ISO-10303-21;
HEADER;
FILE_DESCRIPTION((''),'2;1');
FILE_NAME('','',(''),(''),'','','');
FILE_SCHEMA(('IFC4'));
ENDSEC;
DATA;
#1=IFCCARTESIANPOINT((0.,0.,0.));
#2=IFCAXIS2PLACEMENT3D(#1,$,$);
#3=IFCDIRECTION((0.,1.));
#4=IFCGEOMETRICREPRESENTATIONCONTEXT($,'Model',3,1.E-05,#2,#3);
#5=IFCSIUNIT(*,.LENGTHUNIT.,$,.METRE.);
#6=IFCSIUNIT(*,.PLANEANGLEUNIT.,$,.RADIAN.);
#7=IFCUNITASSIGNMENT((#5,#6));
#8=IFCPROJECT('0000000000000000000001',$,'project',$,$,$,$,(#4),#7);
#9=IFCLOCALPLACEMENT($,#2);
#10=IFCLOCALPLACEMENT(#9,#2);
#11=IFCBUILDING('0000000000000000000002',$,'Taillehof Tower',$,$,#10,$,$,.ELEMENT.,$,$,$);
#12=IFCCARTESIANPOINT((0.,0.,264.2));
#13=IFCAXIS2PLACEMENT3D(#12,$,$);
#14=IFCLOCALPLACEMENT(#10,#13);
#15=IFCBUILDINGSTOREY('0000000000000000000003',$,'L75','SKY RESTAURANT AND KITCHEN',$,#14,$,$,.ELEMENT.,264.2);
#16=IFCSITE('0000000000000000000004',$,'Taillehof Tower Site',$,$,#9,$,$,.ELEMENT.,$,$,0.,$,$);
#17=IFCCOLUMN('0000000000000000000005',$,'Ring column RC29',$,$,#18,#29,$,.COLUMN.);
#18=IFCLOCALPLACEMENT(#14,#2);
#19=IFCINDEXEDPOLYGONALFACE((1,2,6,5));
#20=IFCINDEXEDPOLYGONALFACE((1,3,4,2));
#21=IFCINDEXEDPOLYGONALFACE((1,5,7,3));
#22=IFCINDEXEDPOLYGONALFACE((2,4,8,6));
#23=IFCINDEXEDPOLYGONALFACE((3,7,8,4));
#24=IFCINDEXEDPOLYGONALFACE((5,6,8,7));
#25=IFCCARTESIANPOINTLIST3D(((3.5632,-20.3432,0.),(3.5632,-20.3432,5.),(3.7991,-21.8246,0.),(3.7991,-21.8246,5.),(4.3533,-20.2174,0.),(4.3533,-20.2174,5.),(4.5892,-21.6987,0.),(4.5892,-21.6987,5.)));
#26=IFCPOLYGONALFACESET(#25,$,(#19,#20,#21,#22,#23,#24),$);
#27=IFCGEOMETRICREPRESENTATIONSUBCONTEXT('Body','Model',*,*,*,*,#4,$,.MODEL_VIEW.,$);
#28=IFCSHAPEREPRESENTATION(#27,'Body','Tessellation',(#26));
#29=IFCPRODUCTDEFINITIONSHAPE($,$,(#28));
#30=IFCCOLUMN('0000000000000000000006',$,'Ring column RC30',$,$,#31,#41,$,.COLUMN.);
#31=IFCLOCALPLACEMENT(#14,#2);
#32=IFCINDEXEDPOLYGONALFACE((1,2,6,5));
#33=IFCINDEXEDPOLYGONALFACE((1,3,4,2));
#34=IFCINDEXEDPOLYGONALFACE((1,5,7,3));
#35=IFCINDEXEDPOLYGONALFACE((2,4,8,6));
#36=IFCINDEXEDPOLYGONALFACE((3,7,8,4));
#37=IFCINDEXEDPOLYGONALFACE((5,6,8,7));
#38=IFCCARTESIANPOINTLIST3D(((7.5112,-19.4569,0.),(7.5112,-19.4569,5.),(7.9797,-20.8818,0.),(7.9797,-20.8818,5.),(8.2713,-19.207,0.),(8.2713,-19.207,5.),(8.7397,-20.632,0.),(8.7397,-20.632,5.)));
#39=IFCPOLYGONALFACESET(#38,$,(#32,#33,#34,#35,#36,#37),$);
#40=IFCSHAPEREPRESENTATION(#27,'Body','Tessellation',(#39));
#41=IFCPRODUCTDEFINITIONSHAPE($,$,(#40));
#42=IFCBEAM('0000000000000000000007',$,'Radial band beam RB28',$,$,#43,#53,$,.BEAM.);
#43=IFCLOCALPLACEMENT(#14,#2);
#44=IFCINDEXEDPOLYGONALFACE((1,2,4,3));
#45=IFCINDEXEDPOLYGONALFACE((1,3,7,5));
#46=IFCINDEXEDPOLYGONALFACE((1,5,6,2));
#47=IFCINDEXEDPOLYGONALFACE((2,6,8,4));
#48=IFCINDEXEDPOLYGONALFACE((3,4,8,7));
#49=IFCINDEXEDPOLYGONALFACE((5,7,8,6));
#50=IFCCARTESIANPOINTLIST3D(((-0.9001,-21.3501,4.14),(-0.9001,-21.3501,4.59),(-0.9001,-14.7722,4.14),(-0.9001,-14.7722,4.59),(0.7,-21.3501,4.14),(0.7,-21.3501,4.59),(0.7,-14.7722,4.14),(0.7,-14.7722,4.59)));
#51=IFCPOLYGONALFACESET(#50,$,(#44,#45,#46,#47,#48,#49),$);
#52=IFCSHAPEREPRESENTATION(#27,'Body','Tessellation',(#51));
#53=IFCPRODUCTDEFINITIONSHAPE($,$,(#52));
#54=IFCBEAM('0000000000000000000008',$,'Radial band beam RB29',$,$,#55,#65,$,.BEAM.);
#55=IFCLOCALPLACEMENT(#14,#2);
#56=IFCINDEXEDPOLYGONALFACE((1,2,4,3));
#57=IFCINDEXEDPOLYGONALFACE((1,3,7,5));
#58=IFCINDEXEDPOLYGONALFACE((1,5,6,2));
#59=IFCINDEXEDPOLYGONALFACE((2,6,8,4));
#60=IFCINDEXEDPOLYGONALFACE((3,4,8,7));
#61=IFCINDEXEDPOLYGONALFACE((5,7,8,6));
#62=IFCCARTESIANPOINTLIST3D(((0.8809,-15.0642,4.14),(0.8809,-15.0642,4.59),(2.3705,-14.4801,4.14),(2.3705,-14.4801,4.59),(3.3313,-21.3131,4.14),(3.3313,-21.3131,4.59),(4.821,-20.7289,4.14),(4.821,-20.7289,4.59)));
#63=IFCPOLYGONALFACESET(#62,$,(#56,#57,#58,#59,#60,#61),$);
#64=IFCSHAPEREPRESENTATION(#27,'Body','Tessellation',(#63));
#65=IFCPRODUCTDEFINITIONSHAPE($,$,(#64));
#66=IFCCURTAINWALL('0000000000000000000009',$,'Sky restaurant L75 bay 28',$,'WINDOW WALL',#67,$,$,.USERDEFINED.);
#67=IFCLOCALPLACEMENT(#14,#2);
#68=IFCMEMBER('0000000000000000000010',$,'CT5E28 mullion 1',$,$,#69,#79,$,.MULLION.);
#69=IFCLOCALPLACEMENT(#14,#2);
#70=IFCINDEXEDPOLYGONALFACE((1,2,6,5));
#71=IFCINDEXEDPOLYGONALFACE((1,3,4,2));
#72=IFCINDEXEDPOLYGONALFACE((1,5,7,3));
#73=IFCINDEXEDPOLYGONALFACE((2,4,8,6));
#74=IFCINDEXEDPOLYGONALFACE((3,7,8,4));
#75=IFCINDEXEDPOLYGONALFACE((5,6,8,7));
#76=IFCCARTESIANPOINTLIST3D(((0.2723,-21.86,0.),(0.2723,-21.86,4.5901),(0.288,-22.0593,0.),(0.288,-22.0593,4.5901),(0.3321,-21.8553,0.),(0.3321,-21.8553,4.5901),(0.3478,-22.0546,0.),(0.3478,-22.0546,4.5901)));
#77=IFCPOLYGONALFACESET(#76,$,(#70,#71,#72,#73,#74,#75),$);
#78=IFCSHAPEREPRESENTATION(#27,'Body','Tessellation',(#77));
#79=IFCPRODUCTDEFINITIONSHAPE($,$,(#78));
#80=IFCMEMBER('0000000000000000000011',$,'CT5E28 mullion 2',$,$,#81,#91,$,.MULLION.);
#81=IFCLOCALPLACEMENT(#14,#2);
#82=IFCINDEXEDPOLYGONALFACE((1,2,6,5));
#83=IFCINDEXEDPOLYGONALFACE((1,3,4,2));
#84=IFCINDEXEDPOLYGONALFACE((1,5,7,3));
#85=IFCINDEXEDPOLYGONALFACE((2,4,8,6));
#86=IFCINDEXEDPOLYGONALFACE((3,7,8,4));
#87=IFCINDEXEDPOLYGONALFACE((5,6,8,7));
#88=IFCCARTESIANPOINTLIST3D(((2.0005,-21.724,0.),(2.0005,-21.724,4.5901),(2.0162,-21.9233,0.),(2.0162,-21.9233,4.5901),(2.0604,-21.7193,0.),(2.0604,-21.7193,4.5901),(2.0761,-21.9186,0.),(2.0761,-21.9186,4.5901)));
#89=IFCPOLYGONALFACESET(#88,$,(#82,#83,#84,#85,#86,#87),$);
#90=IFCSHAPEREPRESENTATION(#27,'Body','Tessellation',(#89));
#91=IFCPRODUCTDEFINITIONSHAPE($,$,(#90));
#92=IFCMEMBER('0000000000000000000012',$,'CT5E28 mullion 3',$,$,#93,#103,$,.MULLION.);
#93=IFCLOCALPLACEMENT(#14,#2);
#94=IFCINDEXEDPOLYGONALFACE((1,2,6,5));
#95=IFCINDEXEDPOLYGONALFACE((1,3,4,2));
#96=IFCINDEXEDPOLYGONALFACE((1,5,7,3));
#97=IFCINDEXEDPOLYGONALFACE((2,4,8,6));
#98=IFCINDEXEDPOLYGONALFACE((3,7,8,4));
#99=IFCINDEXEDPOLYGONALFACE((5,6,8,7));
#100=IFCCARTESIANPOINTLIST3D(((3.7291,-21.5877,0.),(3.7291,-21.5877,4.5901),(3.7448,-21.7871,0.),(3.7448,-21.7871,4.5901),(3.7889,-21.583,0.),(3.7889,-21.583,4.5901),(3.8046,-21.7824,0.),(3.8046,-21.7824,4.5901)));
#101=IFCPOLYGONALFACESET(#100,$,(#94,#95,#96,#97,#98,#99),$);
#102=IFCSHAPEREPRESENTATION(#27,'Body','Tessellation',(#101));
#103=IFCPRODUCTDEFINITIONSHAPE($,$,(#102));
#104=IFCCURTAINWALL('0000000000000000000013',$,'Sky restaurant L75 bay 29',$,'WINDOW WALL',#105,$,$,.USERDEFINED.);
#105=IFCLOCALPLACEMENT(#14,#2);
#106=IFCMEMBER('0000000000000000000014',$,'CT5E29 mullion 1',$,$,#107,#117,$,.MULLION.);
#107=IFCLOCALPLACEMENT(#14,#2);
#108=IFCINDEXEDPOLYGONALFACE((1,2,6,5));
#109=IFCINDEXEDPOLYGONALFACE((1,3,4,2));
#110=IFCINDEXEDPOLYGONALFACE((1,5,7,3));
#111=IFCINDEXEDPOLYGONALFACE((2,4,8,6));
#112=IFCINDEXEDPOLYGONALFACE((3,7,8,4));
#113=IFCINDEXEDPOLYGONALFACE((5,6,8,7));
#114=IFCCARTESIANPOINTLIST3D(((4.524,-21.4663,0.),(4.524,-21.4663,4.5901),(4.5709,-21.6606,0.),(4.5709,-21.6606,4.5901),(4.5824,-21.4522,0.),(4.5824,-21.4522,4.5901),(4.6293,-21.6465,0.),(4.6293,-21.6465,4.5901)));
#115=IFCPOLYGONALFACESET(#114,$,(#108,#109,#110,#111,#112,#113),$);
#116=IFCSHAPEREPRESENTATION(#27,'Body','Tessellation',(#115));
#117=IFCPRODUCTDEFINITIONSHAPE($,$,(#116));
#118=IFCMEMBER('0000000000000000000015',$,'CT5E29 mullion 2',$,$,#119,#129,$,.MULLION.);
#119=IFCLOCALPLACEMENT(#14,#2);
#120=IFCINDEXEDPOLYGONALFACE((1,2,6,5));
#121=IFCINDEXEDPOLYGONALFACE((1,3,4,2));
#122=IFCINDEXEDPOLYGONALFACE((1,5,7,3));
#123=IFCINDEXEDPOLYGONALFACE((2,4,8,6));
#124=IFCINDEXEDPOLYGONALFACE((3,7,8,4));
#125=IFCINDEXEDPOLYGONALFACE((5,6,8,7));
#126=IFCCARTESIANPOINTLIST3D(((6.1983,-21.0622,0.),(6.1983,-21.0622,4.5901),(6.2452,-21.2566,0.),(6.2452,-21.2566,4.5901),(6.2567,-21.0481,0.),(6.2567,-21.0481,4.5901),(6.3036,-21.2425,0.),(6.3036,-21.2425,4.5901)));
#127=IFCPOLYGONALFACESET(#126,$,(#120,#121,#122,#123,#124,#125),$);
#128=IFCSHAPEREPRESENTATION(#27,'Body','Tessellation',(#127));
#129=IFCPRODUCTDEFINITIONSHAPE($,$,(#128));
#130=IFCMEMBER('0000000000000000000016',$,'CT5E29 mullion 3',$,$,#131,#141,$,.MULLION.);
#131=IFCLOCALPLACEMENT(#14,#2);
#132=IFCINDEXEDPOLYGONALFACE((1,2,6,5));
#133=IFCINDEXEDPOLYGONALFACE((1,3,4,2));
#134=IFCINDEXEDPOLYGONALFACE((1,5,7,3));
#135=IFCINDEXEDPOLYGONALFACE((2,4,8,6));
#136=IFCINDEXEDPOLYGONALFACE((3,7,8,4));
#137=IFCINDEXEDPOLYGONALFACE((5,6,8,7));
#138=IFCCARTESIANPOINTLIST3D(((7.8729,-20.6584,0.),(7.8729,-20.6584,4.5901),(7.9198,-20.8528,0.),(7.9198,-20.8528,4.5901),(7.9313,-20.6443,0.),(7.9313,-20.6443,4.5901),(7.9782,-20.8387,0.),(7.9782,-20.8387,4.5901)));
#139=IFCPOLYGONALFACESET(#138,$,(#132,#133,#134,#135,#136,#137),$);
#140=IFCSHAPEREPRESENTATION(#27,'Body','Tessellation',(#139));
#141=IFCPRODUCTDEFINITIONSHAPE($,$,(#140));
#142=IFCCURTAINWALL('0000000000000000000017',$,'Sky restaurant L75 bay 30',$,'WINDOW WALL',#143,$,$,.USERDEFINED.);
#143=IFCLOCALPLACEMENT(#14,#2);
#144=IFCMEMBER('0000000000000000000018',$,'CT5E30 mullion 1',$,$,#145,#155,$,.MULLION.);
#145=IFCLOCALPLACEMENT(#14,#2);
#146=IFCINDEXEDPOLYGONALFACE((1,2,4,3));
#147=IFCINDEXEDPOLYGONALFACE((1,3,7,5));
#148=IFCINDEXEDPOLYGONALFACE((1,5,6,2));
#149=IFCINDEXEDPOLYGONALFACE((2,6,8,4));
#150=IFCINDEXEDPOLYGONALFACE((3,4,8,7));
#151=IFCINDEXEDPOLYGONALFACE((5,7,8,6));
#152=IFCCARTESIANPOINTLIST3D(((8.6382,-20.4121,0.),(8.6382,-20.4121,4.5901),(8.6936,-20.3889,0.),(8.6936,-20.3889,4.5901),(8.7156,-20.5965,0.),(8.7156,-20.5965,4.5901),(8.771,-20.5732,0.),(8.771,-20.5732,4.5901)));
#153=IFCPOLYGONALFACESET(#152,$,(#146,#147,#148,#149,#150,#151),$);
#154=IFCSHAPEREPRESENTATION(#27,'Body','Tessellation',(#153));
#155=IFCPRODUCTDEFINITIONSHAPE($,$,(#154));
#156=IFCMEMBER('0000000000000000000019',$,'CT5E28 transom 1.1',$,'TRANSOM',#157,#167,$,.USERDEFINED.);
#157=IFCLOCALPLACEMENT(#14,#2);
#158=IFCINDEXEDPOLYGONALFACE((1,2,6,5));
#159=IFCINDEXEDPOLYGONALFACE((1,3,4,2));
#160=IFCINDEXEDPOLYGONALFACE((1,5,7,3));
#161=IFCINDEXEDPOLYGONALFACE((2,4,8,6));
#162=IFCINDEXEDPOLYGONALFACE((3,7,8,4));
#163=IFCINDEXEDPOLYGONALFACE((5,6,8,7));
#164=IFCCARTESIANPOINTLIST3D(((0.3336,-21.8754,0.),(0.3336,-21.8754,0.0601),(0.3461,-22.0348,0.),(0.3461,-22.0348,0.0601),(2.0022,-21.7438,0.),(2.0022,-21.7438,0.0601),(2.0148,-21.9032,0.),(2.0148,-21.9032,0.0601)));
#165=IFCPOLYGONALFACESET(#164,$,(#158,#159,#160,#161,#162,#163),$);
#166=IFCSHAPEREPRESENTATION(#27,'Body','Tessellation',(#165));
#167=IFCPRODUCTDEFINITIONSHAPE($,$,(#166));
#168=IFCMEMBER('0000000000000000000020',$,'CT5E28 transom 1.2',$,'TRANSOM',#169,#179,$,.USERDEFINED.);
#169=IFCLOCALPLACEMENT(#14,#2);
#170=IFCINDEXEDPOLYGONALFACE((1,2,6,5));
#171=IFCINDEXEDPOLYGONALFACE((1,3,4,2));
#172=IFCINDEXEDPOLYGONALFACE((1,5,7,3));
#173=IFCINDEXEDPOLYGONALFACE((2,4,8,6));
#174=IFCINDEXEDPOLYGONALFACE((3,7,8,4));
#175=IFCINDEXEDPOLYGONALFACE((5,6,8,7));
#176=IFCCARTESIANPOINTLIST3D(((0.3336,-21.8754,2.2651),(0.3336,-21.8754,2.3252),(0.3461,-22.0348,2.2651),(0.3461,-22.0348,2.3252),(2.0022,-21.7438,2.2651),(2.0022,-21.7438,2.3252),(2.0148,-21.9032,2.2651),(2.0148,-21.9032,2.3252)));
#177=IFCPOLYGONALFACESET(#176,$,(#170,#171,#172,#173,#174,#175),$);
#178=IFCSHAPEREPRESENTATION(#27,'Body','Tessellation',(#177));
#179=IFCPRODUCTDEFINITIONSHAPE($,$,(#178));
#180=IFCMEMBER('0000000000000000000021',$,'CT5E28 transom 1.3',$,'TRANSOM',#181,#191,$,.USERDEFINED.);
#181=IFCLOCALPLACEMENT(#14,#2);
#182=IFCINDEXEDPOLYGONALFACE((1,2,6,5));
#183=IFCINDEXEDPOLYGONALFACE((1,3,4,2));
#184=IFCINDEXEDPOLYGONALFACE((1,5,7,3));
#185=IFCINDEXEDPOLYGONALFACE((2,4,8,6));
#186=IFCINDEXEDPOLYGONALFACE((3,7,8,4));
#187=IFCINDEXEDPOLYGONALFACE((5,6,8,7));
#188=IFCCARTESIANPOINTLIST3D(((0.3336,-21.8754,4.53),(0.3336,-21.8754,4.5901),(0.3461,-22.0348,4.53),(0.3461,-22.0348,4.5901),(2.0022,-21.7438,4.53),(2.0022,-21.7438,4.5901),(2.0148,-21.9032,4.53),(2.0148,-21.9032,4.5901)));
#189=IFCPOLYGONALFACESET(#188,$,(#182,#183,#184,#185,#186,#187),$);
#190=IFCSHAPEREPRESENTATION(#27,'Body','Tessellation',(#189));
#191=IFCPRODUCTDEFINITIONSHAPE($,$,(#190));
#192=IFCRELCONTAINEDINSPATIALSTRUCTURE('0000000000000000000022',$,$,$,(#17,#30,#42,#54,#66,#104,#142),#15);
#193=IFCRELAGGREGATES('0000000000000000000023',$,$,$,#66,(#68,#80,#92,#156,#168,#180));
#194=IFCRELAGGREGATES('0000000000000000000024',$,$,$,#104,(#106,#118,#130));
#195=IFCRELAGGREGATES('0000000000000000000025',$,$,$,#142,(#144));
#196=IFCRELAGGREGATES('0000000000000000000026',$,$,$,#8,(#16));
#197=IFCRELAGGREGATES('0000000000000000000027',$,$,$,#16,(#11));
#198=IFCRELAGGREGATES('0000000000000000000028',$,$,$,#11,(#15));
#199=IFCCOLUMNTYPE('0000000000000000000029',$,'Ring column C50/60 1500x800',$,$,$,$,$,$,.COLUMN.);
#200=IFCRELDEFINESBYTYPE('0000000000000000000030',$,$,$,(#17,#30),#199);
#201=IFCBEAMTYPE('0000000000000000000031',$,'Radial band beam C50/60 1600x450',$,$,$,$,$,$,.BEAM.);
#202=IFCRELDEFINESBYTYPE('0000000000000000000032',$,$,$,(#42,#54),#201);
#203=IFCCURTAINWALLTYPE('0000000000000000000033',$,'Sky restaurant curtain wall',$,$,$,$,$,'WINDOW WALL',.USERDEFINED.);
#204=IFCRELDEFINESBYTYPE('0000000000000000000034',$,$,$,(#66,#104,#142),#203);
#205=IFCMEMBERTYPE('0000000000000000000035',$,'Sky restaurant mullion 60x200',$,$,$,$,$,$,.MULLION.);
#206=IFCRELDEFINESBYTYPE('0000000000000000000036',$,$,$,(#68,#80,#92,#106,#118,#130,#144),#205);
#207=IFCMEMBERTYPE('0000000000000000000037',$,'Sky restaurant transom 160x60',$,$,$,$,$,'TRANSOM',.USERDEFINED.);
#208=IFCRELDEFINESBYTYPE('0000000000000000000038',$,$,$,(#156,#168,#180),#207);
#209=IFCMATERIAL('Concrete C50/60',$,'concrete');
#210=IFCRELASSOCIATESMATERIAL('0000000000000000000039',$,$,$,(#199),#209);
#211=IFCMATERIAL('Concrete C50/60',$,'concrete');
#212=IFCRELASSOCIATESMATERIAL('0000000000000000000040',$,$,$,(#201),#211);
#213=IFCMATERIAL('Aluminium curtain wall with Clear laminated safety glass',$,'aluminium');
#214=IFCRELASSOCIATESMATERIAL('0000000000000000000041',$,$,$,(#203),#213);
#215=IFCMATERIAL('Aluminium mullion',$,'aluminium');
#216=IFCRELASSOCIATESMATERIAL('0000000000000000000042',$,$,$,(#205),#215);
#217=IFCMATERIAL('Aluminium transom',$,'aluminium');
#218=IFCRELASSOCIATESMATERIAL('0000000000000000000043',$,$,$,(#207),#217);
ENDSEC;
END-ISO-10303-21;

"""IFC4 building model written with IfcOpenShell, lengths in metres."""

from ifc_helpers import new_model, si_unit, direction, frame, origin, origin_2d, place, context, subcontext, project, spatial, rectangle, extrude, material, material_profile, profile_set, type_object, element, aggregate, save


model = new_model("IFC4")

# Units and contexts
model_context = context("Model", 3, precision=1e-05, world=origin(), true_north=direction((0.0, 1.0)))
body_context = subcontext(model_context, "Body", "Model", "MODEL_VIEW")
ifc_project = project(units=[si_unit("LENGTHUNIT", "METRE"), si_unit("PLANEANGLEUNIT", "RADIAN")], contexts=[model_context])

# Site, building, storey
site_placement = place(None, origin())
site = spatial("IfcSite", under=ifc_project, at=site_placement, Name="Taillehof Tower Site", CompositionType="ELEMENT", RefElevation=0.0)
building_placement = place(site_placement, origin())
building = spatial("IfcBuilding", under=site, at=building_placement, Name="Taillehof Tower", CompositionType="ELEMENT")
storey_placement = place(building_placement, frame((0.0, 0.0, 264.2)))
storey = spatial("IfcBuildingStorey", under=building, at=storey_placement, Name="L75", Description="SKY RESTAURANT AND KITCHEN", CompositionType="ELEMENT", Elevation=264.2)

# Columns
ifc_material_1 = material(Name="Concrete C50/60", Category="concrete")
ifc_material_profile_1 = material_profile(ifc_material_1, rectangle(XDim=1.5, YDim=0.8, at=origin_2d()), Name="RC 1500x800")
ifc_profile_set_1 = profile_set([ifc_material_profile_1], Name="Concrete C50/60")
column_type = type_object("IfcColumnType", Name="Ring column C50/60 1500x800", PredefinedType="COLUMN", material=ifc_profile_set_1)
for number, where, z_axis, x_axis, name in (
    (1, (4.0762, -21.021, 0.0), (0.0, 0.0, 1.0), (0.157281, -0.987554, 0.0), "Ring column RC29"),
    (2, (8.1255, -20.0444, 0.0), (0.0, 0.0, 1.0), (0.312304, -0.949982, 0.0), "Ring column RC30"),
):
    element("IfcColumn", number, at=place(storey_placement, frame(where, z_axis=z_axis, x_axis=x_axis)), inside=storey, type_object=column_type, Name=name, PredefinedType="COLUMN", context=body_context, shape_type="SweptSolid", body=[
        extrude(rectangle(XDim=1.5, YDim=0.8, at=origin_2d()), origin(), (0.0, 0.0, 1.0), 5.0),
    ])

# Beams
ifc_material_2 = material(Name="Concrete C50/60", Category="concrete")
ifc_material_profile_2 = material_profile(ifc_material_2, rectangle(XDim=1.6001, YDim=0.45, at=origin_2d()), Name="RC 1600x450")
ifc_profile_set_2 = profile_set([ifc_material_profile_2], Name="Concrete C50/60")
beam_type_1 = type_object("IfcBeamType", Name="Radial band beam C50/60 1600x450", PredefinedType="BEAM", material=ifc_profile_set_2)
beam_1_placement = place(storey_placement, frame((-0.1001, -21.3501, 4.365), z_axis=(0.0, 1.0, 0.0), x_axis=(-1.0, 0.0, 0.0)))
element("IfcBeam", 3, at=beam_1_placement, inside=storey, type_object=beam_type_1, Name="Radial band beam RB28", PredefinedType="BEAM", context=body_context, shape_type="SweptSolid", body=[
    extrude(rectangle(XDim=1.6001, YDim=0.45, at=origin_2d()), origin(), (0.0, 0.0, 1.0), 6.5779),
])
beam_2_placement = place(storey_placement, frame((4.0762, -21.021, 4.365), z_axis=(-0.365079, 0.930976, 0.0), x_axis=(-0.930976, -0.365079, 0.0)))
element("IfcBeam", 4, at=beam_2_placement, inside=storey, type_object=beam_type_1, Name="Radial band beam RB29", PredefinedType="BEAM", context=body_context, shape_type="SweptSolid", body=[
    extrude(rectangle(XDim=1.6001, YDim=0.45, at=origin_2d()), origin(), (0.0, 0.0, 1.0), 6.7122),
])

# Curtain walls, members
ifc_material_3 = material(Name="Aluminium curtain wall with Clear laminated safety glass", Category="aluminium")
curtain_wall_type = type_object("IfcCurtainWallType", Name="Sky restaurant curtain wall", ElementType="WINDOW WALL", PredefinedType="USERDEFINED", material=ifc_material_3)
curtain_wall_1_placement = place(storey_placement, origin())
curtain_wall_1 = element("IfcCurtainWall", 5, at=curtain_wall_1_placement, inside=storey, type_object=curtain_wall_type, Name="Sky restaurant L75 bay 28", ObjectType="WINDOW WALL", PredefinedType="USERDEFINED")
ifc_material_4 = material(Name="Aluminium mullion", Category="aluminium")
ifc_material_profile_3 = material_profile(ifc_material_4, rectangle(XDim=0.2, YDim=0.0601, at=origin_2d()), Name="AL 60x200")
ifc_profile_set_3 = profile_set([ifc_material_profile_3], Name="Aluminium mullion")
member_type_1 = type_object("IfcMemberType", Name="Sky restaurant mullion 60x200", PredefinedType="MULLION", material=ifc_profile_set_3)
member_1_placement = place(storey_placement, frame((0.3101, -21.9573, 0.0), z_axis=(0.0, 0.0, 1.0), x_axis=(-0.078525, 0.996912, 0.0)))
member_1 = element("IfcMember", 6, at=member_1_placement, type_object=member_type_1, Name="CT5E28 mullion 1", PredefinedType="MULLION", context=body_context, shape_type="SweptSolid", body=[
    extrude(rectangle(XDim=0.2, YDim=0.0601, at=origin_2d()), origin(), (0.0, 0.0, 1.0), 4.5901),
])
member_2_placement = place(storey_placement, frame((2.0383, -21.8213, 0.0), z_axis=(0.0, 0.0, 1.0), x_axis=(-0.078525, 0.996912, 0.0)))
member_2 = element("IfcMember", 7, at=member_2_placement, type_object=member_type_1, Name="CT5E28 mullion 2", PredefinedType="MULLION", context=body_context, shape_type="SweptSolid", body=[
    extrude(rectangle(XDim=0.2, YDim=0.0601, at=origin_2d()), origin(), (0.0, 0.0, 1.0), 4.5901),
])
member_3_placement = place(storey_placement, frame((3.7668, -21.6851, 0.0), z_axis=(0.0, 0.0, 1.0), x_axis=(-0.078525, 0.996912, 0.0)))
member_3 = element("IfcMember", 8, at=member_3_placement, type_object=member_type_1, Name="CT5E28 mullion 3", PredefinedType="MULLION", context=body_context, shape_type="SweptSolid", body=[
    extrude(rectangle(XDim=0.2, YDim=0.0601, at=origin_2d()), origin(), (0.0, 0.0, 1.0), 4.5901),
])
curtain_wall_2_placement = place(storey_placement, origin())
curtain_wall_2 = element("IfcCurtainWall", 9, at=curtain_wall_2_placement, inside=storey, type_object=curtain_wall_type, Name="Sky restaurant L75 bay 29", ObjectType="WINDOW WALL", PredefinedType="USERDEFINED")
member_4_placement = place(storey_placement, frame((4.5767, -21.5564, 0.0), z_axis=(0.0, 0.0, 1.0), x_axis=(-0.234515, 0.972113, 0.0)))
member_4 = element("IfcMember", 10, at=member_4_placement, type_object=member_type_1, Name="CT5E29 mullion 1", PredefinedType="MULLION", context=body_context, shape_type="SweptSolid", body=[
    extrude(rectangle(XDim=0.2, YDim=0.0601, at=origin_2d()), origin(), (0.0, 0.0, 1.0), 4.5901),
])
member_5_placement = place(storey_placement, frame((6.251, -21.1523, 0.0), z_axis=(0.0, 0.0, 1.0), x_axis=(-0.234515, 0.972113, 0.0)))
member_5 = element("IfcMember", 11, at=member_5_placement, type_object=member_type_1, Name="CT5E29 mullion 2", PredefinedType="MULLION", context=body_context, shape_type="SweptSolid", body=[
    extrude(rectangle(XDim=0.2, YDim=0.0601, at=origin_2d()), origin(), (0.0, 0.0, 1.0), 4.5901),
])
member_6_placement = place(storey_placement, frame((7.9255, -20.7485, 0.0), z_axis=(0.0, 0.0, 1.0), x_axis=(-0.234515, 0.972113, 0.0)))
member_6 = element("IfcMember", 12, at=member_6_placement, type_object=member_type_1, Name="CT5E29 mullion 3", PredefinedType="MULLION", context=body_context, shape_type="SweptSolid", body=[
    extrude(rectangle(XDim=0.2, YDim=0.0601, at=origin_2d()), origin(), (0.0, 0.0, 1.0), 4.5901),
])

# Curtain wall, member
curtain_wall_3_placement = place(storey_placement, origin())
curtain_wall_3 = element("IfcCurtainWall", 13, at=curtain_wall_3_placement, inside=storey, type_object=curtain_wall_type, Name="Sky restaurant L75 bay 30", ObjectType="WINDOW WALL", PredefinedType="USERDEFINED")
member_7_placement = place(storey_placement, frame((8.7046, -20.4927, 0.0), z_axis=(0.0, 0.0, 1.0), x_axis=(-0.387101, 0.922037, 0.0)))
member_7 = element("IfcMember", 14, at=member_7_placement, type_object=member_type_1, Name="CT5E30 mullion 1", PredefinedType="MULLION", context=body_context, shape_type="SweptSolid", body=[
    extrude(rectangle(XDim=0.2, YDim=0.0601, at=origin_2d()), origin(), (0.0, 0.0, 1.0), 4.5901),
])

# Members
ifc_material_5 = material(Name="Aluminium transom", Category="aluminium")
ifc_material_profile_4 = material_profile(ifc_material_5, rectangle(XDim=0.1599, YDim=0.0601, at=origin_2d()), Name="AL 160x60")
ifc_profile_set_4 = profile_set([ifc_material_profile_4], Name="Aluminium transom")
member_type_2 = type_object("IfcMemberType", Name="Sky restaurant transom 160x60", ElementType="TRANSOM", PredefinedType="USERDEFINED", material=ifc_profile_set_4)
member_8_placement = place(storey_placement, frame((0.3398, -21.9551, 0.03), z_axis=(0.996905, 0.078615, 0.0), x_axis=(-0.078615, 0.996905, 0.0)))
member_8 = element("IfcMember", 15, at=member_8_placement, type_object=member_type_2, Name="CT5E28 transom 1.1", ObjectType="TRANSOM", PredefinedType="USERDEFINED", context=body_context, shape_type="SweptSolid", body=[
    extrude(rectangle(XDim=0.1599, YDim=0.0601, at=origin_2d()), origin(), (0.0, 0.0, 1.0), 1.6738),
])
member_9_placement = place(storey_placement, frame((0.3398, -21.9551, 2.2952), z_axis=(0.996905, 0.078615, 0.0), x_axis=(-0.078615, 0.996905, 0.0)))
member_9 = element("IfcMember", 16, at=member_9_placement, type_object=member_type_2, Name="CT5E28 transom 1.2", ObjectType="TRANSOM", PredefinedType="USERDEFINED", context=body_context, shape_type="SweptSolid", body=[
    extrude(rectangle(XDim=0.1599, YDim=0.0601, at=origin_2d()), origin(), (0.0, 0.0, 1.0), 1.6738),
])
member_10_placement = place(storey_placement, frame((0.3398, -21.9551, 4.5601), z_axis=(0.996905, 0.078615, 0.0), x_axis=(-0.078615, 0.996905, 0.0)))
member_10 = element("IfcMember", 17, at=member_10_placement, type_object=member_type_2, Name="CT5E28 transom 1.3", ObjectType="TRANSOM", PredefinedType="USERDEFINED", context=body_context, shape_type="SweptSolid", body=[
    extrude(rectangle(XDim=0.1599, YDim=0.0601, at=origin_2d()), origin(), (0.0, 0.0, 1.0), 1.6738),
])

aggregate(curtain_wall_1, [member_1, member_2, member_3, member_8, member_9, member_10])
aggregate(curtain_wall_2, [member_4, member_5, member_6])
aggregate(curtain_wall_3, [member_7])

save(model, "model.ifc")
